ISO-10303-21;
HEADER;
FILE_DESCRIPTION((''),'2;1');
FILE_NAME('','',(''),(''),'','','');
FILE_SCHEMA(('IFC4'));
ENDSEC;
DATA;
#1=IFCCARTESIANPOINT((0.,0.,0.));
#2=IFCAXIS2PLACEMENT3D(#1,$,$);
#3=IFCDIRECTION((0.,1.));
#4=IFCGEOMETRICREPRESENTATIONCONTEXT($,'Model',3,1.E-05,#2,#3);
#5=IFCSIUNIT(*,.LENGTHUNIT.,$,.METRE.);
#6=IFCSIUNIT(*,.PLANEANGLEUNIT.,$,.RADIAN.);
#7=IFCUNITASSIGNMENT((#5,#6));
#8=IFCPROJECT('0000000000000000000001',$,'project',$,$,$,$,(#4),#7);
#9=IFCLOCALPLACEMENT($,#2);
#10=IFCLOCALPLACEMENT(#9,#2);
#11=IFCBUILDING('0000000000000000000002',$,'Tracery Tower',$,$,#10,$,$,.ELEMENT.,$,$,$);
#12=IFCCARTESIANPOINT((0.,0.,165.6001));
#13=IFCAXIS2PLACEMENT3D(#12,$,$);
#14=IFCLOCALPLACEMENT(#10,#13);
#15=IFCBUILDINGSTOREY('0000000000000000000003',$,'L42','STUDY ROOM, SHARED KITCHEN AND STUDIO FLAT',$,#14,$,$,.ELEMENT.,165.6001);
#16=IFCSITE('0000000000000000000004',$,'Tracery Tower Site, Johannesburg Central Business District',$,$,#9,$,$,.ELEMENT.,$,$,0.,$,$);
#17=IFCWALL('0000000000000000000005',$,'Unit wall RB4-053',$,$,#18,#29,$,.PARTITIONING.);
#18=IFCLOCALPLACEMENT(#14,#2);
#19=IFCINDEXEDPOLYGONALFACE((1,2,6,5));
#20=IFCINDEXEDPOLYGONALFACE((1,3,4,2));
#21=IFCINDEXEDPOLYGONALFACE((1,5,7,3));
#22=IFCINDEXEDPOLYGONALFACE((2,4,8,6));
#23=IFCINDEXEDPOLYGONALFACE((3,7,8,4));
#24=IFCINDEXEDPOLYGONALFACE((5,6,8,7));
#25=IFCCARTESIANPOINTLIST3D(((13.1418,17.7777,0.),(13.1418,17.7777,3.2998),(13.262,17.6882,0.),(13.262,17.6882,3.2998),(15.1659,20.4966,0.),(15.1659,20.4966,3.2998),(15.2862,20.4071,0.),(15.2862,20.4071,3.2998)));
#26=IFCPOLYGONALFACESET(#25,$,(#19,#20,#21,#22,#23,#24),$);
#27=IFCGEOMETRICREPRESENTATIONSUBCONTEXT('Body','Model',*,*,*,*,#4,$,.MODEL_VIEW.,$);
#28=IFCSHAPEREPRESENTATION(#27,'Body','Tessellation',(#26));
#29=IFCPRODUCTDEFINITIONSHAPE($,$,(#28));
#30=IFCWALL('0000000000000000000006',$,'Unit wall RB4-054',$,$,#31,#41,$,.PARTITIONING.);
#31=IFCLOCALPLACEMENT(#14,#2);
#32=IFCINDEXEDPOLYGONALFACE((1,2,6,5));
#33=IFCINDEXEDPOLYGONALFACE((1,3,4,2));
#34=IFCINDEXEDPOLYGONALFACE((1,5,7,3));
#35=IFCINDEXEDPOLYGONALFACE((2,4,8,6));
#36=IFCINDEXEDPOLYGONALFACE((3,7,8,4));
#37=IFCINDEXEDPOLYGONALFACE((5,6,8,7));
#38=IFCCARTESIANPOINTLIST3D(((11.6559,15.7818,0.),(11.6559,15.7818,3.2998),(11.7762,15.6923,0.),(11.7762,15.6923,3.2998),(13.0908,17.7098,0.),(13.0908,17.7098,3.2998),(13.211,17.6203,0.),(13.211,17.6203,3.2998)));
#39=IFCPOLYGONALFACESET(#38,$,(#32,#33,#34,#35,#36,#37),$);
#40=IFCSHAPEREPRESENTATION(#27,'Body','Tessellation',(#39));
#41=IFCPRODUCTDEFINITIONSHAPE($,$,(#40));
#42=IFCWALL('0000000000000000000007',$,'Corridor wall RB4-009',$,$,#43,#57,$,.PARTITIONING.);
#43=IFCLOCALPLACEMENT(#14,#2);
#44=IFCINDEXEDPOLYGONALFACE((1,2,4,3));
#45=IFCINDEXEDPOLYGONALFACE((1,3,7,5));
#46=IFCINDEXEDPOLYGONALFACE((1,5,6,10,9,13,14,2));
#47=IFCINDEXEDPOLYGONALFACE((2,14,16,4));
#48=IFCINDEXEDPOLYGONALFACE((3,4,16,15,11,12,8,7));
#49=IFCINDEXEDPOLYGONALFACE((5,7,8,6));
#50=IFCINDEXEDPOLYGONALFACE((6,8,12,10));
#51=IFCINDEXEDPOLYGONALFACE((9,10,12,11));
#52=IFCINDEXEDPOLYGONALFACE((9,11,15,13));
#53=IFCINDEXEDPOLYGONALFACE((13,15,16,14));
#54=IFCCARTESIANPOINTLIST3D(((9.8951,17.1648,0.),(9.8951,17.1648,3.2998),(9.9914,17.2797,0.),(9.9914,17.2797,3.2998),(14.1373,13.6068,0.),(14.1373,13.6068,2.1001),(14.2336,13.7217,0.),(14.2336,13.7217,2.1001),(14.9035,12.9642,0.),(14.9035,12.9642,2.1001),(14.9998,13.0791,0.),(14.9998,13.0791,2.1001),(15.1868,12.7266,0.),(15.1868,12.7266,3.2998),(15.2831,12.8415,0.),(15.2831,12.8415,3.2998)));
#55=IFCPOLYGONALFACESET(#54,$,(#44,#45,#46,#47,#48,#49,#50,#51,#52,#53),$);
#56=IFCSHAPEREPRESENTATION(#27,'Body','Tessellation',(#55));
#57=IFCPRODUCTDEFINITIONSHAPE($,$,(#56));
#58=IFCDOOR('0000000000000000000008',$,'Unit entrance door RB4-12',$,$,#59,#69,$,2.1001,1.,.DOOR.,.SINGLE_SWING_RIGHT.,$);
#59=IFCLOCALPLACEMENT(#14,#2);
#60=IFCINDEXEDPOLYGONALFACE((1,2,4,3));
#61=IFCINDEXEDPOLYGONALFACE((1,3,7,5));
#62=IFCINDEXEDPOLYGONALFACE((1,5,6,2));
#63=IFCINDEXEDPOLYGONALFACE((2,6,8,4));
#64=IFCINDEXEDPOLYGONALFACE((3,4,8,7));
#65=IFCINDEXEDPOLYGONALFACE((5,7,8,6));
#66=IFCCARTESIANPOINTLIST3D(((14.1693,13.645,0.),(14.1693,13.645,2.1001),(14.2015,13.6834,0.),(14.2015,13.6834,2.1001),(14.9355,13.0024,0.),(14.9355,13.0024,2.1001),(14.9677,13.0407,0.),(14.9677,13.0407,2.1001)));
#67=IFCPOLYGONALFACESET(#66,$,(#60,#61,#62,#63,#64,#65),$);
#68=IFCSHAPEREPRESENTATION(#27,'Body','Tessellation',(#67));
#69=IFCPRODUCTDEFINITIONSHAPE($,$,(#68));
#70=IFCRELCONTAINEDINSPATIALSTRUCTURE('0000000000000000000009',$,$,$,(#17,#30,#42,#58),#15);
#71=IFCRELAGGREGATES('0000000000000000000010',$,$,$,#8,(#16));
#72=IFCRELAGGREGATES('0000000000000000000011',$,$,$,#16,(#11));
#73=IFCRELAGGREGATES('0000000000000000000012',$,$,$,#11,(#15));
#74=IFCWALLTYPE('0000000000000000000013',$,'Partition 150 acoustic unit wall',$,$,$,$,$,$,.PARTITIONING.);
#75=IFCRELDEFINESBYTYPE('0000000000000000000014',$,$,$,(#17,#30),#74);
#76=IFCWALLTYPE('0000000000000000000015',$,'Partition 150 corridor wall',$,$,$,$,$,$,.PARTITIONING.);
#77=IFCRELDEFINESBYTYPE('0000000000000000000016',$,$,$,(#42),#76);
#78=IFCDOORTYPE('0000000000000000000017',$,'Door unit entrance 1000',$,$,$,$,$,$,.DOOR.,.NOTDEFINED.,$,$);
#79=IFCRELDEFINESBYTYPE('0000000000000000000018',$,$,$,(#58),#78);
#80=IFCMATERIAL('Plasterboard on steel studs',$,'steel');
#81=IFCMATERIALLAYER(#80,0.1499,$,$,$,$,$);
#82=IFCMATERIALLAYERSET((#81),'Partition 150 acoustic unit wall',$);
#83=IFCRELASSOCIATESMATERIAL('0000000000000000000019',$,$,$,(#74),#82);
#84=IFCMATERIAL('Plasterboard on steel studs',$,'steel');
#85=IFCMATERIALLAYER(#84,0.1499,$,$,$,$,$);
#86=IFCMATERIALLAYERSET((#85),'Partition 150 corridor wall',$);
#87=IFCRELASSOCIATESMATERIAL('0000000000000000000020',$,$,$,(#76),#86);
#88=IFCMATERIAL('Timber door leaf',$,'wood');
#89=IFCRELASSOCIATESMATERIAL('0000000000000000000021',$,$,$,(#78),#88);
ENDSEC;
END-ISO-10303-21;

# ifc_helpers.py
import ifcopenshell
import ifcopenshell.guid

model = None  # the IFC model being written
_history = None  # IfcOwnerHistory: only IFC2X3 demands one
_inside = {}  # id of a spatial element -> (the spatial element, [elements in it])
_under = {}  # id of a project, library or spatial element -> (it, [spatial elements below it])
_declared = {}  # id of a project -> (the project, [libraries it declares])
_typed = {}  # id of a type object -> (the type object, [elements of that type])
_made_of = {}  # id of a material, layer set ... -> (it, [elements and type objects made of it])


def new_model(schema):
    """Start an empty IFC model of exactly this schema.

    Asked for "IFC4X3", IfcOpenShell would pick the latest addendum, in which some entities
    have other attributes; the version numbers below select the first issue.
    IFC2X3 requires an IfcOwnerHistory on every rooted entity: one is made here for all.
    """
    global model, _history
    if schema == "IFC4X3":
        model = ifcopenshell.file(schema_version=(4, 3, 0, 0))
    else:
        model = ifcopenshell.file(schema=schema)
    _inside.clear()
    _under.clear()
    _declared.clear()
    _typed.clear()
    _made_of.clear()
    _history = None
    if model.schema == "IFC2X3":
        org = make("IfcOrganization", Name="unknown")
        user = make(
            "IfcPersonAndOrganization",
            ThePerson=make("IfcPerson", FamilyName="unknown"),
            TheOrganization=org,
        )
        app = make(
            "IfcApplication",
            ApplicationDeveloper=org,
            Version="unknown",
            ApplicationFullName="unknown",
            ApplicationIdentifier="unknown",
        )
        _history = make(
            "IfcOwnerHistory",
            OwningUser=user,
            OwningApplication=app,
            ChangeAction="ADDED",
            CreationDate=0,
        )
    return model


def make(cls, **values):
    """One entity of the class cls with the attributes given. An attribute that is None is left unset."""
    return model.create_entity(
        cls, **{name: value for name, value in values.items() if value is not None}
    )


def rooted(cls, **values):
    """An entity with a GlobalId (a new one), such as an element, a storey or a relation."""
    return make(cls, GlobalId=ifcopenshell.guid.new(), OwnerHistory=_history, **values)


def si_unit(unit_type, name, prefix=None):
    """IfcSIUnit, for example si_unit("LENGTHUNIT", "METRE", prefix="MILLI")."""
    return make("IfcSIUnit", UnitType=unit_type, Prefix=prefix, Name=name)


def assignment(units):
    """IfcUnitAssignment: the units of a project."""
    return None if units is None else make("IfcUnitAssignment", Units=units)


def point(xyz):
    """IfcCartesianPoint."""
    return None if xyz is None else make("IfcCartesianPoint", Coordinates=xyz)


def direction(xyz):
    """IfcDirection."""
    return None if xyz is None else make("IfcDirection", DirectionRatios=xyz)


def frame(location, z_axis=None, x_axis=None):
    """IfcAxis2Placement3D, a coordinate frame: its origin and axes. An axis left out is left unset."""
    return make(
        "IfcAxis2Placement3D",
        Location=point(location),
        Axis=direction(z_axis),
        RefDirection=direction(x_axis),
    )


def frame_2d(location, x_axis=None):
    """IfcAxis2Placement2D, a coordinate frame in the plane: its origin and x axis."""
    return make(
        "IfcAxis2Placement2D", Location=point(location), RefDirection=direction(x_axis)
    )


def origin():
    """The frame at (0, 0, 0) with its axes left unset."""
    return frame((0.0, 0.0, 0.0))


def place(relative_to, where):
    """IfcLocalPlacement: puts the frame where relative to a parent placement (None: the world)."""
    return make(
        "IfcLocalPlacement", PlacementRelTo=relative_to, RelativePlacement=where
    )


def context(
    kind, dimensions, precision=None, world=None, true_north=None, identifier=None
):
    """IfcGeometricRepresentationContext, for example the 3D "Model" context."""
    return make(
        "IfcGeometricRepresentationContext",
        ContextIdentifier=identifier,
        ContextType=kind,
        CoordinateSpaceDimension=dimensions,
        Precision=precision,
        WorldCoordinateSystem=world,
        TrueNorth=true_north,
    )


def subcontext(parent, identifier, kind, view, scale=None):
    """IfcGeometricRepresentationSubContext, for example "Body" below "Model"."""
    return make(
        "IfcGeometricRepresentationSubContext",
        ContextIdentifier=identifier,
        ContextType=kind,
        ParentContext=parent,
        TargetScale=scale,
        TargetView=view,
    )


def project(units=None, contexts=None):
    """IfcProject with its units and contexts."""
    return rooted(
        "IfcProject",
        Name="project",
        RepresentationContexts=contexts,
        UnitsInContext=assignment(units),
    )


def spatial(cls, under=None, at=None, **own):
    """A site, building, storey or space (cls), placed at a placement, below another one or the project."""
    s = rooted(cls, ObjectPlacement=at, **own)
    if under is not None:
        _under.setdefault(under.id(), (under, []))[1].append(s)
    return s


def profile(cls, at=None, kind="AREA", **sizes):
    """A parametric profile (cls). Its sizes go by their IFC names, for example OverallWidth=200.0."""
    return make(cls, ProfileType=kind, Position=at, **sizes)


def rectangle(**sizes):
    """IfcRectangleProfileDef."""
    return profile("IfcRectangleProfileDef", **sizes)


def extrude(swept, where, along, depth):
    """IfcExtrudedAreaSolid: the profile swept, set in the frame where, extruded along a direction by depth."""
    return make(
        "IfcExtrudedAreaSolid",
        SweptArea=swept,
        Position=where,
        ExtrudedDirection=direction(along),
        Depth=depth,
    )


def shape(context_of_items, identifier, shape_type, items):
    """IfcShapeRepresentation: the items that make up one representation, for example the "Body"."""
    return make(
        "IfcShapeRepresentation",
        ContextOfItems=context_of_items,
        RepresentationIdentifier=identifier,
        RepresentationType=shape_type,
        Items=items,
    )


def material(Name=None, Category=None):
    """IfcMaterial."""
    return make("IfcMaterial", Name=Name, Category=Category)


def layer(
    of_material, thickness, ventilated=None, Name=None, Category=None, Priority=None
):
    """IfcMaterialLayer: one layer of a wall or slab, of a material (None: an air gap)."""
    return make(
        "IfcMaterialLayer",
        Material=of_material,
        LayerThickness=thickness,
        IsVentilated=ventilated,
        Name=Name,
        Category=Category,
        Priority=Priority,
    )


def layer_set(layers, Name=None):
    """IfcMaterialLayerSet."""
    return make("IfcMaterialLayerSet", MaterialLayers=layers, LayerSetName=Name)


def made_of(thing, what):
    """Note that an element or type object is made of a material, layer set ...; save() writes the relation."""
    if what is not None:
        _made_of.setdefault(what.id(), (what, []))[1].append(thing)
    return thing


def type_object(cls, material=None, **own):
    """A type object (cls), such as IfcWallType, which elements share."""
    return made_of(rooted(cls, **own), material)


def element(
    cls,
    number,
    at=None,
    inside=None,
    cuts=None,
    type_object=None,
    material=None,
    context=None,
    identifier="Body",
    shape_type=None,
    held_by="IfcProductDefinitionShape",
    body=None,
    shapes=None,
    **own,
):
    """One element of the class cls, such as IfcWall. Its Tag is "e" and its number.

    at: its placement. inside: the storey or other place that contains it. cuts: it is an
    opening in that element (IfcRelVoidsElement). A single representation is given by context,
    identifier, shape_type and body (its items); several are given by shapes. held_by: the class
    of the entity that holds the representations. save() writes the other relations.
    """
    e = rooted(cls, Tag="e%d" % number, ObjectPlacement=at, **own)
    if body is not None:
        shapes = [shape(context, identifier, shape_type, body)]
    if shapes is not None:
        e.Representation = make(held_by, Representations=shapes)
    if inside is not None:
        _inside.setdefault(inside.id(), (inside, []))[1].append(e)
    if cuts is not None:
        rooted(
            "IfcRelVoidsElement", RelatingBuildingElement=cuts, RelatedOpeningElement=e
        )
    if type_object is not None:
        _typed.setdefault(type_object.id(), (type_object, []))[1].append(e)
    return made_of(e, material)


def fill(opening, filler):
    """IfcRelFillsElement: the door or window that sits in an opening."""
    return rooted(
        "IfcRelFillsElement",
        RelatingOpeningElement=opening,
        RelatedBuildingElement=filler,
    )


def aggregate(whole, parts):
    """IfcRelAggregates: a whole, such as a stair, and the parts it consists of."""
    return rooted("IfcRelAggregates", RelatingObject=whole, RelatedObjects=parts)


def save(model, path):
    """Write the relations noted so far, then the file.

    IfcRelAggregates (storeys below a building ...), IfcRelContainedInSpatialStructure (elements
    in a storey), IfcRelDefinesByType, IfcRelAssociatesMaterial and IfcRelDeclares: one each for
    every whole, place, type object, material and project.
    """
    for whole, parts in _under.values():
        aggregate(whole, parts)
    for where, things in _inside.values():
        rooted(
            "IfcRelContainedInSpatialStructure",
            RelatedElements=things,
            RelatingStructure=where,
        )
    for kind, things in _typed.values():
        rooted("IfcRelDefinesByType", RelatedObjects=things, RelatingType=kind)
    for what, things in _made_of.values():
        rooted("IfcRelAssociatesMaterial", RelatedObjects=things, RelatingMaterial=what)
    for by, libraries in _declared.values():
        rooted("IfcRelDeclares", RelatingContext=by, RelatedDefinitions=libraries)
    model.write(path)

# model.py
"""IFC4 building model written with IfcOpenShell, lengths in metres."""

from ifc_helpers import new_model, si_unit, direction, frame, frame_2d, origin, place, context, subcontext, project, spatial, rectangle, extrude, material, layer, layer_set, type_object, element, fill, save


model = new_model("IFC4")

# Units and contexts
model_context = context("Model", 3, precision=1e-05, world=origin(), true_north=direction((0.0, 1.0)))
body_context = subcontext(model_context, "Body", "Model", "MODEL_VIEW")
ifc_project = project(units=[si_unit("LENGTHUNIT", "METRE"), si_unit("PLANEANGLEUNIT", "RADIAN")], contexts=[model_context])

# Site, building, storey
site_placement = place(None, origin())
site = spatial("IfcSite", under=ifc_project, at=site_placement, Name="Tracery Tower Site, Johannesburg Central Business District", CompositionType="ELEMENT", RefElevation=0.0)
building_placement = place(site_placement, origin())
building = spatial("IfcBuilding", under=site, at=building_placement, Name="Tracery Tower", CompositionType="ELEMENT")
storey_placement = place(building_placement, frame((0.0, 0.0, 165.6001)))
storey = spatial("IfcBuildingStorey", under=building, at=storey_placement, Name="L42", Description="STUDY ROOM, SHARED KITCHEN AND STUDIO FLAT", CompositionType="ELEMENT", Elevation=165.6001)

# Walls
ifc_material_1 = material(Name="Plasterboard on steel studs", Category="steel")
ifc_layer_1 = layer(ifc_material_1, 0.1499)
ifc_layer_set_1 = layer_set([ifc_layer_1], Name="Partition 150 acoustic unit wall")
wall_type_1 = type_object("IfcWallType", Name="Partition 150 acoustic unit wall", PredefinedType="PARTITIONING", material=ifc_layer_set_1)
wall_1_placement = place(storey_placement, frame((13.2019, 17.7329, 0.0), z_axis=(0.0, 0.0, 1.0), x_axis=(0.59715, 0.80213, 0.0)))
element("IfcWall", 1, at=wall_1_placement, inside=storey, type_object=wall_type_1, Name="Unit wall RB4-053", PredefinedType="PARTITIONING", context=body_context, shape_type="SweptSolid", body=[
    extrude(rectangle(XDim=3.3896, YDim=0.1499, at=frame_2d((1.6948, 0.0))), origin(), (0.0, 0.0, 1.0), 3.2998),
])
wall_2_placement = place(storey_placement, frame((11.7161, 15.7371, 0.0), z_axis=(0.0, 0.0, 1.0), x_axis=(0.597021, 0.802225, 0.0)))
element("IfcWall", 2, at=wall_2_placement, inside=storey, type_object=wall_type_1, Name="Unit wall RB4-054", PredefinedType="PARTITIONING", context=body_context, shape_type="SweptSolid", body=[
    extrude(rectangle(XDim=2.4033, YDim=0.1499, at=frame_2d((1.2017, 0.0))), origin(), (0.0, 0.0, 1.0), 3.2998),
])

# Wall, opening, door
ifc_material_2 = material(Name="Plasterboard on steel studs", Category="steel")
ifc_layer_2 = layer(ifc_material_2, 0.1499)
ifc_layer_set_2 = layer_set([ifc_layer_2], Name="Partition 150 corridor wall")
wall_type_2 = type_object("IfcWallType", Name="Partition 150 corridor wall", PredefinedType="PARTITIONING", material=ifc_layer_set_2)
wall_3_placement = place(storey_placement, frame((9.9434, 17.2222, 0.0), z_axis=(0.0, 0.0, 1.0), x_axis=(0.766192, -0.642612, 0.0)))
wall_3 = element("IfcWall", 3, at=wall_3_placement, inside=storey, type_object=wall_type_2, Name="Corridor wall RB4-009", PredefinedType="PARTITIONING", context=body_context, shape_type="SweptSolid", body=[
    extrude(rectangle(XDim=6.9065, YDim=0.1499, at=frame_2d((3.4531, 0.0))), origin(), (0.0, 0.0, 1.0), 3.2998),
])
opening_1_placement = place(wall_3_placement, frame((5.5366, 0.0, 0.0)))
opening_1 = element("IfcOpeningElement", 4, at=opening_1_placement, cuts=wall_3, PredefinedType="OPENING", context=body_context, shape_type="SweptSolid", body=[
    extrude(rectangle(XDim=1.0, YDim=2.1001, at=frame_2d((0.5, 1.05))), frame((0.0, 0.075, 0.0), z_axis=(0.0, -1.0, 0.0), x_axis=(1.0, 0.0, 0.0)), (0.0, 0.0, 1.0), 0.1499),
])
ifc_material_3 = material(Name="Timber door leaf", Category="wood")
door_type_1 = type_object("IfcDoorType", Name="Door unit entrance 1000", OperationType="NOTDEFINED", PredefinedType="DOOR", material=ifc_material_3)
door_1_placement = place(opening_1_placement, origin())
door_1 = element("IfcDoor", 5, at=door_1_placement, inside=storey, type_object=door_type_1, Name="Unit entrance door RB4-12", OperationType="SINGLE_SWING_RIGHT", OverallHeight=2.1001, OverallWidth=1.0, PredefinedType="DOOR", context=body_context, shape_type="SweptSolid", body=[
    extrude(rectangle(XDim=1.0, YDim=2.1001, at=frame_2d((0.5, 1.05))), frame((0.0, 0.0249, 0.0), z_axis=(0.0, -1.0, 0.0), x_axis=(1.0, 0.0, 0.0)), (0.0, 0.0, 1.0), 0.05),
])
fill(opening_1, door_1)

save(model, "model.ifc")
